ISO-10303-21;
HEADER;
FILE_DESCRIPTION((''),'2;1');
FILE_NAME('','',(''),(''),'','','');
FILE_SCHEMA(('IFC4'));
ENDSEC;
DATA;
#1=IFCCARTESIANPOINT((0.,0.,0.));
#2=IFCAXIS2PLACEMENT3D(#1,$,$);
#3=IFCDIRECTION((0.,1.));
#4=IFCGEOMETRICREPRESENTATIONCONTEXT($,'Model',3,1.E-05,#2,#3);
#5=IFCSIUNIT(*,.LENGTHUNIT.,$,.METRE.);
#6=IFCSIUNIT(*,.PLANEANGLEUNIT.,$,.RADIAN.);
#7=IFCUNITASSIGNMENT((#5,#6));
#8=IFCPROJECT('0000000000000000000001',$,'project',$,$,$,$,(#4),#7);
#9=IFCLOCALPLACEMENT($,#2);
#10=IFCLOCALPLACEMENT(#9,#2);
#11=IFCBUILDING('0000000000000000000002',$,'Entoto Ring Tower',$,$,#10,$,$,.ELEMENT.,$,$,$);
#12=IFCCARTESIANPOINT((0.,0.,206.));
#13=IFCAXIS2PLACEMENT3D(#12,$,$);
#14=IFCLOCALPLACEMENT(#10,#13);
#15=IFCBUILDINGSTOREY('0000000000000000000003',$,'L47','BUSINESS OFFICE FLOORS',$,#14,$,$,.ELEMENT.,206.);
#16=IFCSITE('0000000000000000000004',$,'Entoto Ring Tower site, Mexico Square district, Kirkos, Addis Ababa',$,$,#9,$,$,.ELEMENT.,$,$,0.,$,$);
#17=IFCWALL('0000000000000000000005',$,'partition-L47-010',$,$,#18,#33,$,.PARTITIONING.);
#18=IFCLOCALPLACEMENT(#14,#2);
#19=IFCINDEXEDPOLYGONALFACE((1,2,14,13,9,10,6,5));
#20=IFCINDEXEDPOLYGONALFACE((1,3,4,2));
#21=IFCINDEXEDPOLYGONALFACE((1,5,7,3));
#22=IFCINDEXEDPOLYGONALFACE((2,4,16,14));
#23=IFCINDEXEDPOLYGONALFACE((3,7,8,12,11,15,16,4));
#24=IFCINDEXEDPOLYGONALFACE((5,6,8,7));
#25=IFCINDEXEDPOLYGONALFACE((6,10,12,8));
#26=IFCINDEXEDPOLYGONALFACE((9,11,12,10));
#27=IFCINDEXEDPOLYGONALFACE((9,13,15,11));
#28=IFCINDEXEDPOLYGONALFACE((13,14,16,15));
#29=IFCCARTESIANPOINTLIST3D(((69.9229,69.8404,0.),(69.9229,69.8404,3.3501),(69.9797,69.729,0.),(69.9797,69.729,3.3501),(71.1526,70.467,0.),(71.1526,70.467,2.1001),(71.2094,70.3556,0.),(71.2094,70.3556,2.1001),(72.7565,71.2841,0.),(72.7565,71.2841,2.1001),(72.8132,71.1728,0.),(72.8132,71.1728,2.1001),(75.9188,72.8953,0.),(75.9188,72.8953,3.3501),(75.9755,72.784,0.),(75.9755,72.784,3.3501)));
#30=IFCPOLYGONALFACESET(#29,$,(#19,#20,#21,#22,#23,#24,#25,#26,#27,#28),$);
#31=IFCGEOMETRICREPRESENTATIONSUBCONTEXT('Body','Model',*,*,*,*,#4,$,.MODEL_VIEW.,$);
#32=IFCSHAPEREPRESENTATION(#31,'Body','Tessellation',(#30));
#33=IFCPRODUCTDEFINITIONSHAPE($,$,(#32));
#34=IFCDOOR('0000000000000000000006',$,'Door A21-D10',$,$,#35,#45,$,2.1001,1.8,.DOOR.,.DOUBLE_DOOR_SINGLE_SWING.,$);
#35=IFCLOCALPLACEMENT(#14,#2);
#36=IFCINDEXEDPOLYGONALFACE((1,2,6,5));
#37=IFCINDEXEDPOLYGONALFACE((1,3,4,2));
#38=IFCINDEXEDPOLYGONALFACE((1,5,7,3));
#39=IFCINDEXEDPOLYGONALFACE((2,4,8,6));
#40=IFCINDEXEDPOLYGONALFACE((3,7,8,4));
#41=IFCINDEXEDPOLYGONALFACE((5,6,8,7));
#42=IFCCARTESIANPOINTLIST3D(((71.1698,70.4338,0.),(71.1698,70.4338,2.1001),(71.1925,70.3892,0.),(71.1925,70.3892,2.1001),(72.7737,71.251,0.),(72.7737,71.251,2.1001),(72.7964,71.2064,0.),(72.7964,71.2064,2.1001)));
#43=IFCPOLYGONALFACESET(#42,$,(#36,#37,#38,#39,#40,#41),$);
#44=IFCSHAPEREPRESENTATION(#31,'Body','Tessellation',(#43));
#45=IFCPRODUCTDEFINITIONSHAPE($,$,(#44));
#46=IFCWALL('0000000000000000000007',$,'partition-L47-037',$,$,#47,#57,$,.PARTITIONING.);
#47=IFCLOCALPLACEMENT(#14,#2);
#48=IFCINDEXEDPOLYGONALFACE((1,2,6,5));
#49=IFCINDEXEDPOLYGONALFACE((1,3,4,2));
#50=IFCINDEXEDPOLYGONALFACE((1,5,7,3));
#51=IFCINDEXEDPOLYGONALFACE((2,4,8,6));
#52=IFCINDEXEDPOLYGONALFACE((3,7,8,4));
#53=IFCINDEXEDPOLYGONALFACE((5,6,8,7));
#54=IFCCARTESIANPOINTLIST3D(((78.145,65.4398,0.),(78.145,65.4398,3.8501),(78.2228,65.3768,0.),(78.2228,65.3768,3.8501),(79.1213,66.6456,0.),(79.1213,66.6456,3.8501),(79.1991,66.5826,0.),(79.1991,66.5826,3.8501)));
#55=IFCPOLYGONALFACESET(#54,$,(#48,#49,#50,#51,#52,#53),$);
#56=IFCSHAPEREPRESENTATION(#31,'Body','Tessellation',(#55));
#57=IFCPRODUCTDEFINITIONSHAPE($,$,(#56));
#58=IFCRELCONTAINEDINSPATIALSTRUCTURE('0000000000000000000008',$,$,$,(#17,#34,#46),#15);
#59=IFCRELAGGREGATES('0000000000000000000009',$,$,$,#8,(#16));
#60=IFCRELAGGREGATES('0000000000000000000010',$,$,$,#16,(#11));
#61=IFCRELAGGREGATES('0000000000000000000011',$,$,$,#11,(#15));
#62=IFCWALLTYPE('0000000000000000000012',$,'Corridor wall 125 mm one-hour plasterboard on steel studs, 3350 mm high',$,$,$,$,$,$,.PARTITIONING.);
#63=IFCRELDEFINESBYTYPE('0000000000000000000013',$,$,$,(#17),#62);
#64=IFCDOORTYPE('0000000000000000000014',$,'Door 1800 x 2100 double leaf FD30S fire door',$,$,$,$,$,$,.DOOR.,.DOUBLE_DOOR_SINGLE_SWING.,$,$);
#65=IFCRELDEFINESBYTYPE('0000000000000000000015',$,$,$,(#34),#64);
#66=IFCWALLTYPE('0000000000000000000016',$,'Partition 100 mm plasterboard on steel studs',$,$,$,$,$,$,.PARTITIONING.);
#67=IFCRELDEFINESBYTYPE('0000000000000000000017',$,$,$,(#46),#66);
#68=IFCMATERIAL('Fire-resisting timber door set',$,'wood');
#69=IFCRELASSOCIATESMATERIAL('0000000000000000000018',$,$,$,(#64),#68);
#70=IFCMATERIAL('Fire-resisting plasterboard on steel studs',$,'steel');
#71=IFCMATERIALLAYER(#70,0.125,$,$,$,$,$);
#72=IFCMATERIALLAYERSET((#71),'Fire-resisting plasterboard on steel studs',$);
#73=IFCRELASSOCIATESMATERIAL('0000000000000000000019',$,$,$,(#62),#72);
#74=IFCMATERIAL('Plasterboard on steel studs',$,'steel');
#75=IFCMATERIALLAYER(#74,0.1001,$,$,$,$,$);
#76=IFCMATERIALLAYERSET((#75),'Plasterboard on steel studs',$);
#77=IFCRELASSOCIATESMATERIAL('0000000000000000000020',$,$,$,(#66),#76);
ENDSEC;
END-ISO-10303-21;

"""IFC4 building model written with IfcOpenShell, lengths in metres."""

from ifc_helpers import new_model, si_unit, direction, frame, frame_2d, origin, place, context, subcontext, project, spatial, rectangle, extrude, material, layer, layer_set, type_object, element, fill, save


model = new_model("IFC4")

# Units and contexts
model_context = context("Model", 3, precision=1e-05, world=origin(), true_north=direction((0.0, 1.0)))
body_context = subcontext(model_context, "Body", "Model", "MODEL_VIEW")
ifc_project = project(units=[si_unit("LENGTHUNIT", "METRE"), si_unit("PLANEANGLEUNIT", "RADIAN")], contexts=[model_context])

# Site, building, storey
site_placement = place(None, origin())
site = spatial("IfcSite", under=ifc_project, at=site_placement, Name="Entoto Ring Tower site, Mexico Square district, Kirkos, Addis Ababa", CompositionType="ELEMENT", RefElevation=0.0)
building_placement = place(site_placement, origin())
building = spatial("IfcBuilding", under=site, at=building_placement, Name="Entoto Ring Tower", CompositionType="ELEMENT")
storey_placement = place(building_placement, frame((0.0, 0.0, 206.0)))
storey = spatial("IfcBuildingStorey", under=building, at=storey_placement, Name="L47", Description="BUSINESS OFFICE FLOORS", CompositionType="ELEMENT", Elevation=206.0)

# Shared definitions
ifc_material_1 = material(Name="Fire-resisting timber door set", Category="wood")
door_type_1 = type_object("IfcDoorType", Name="Door 1800 x 2100 double leaf FD30S fire door", OperationType="DOUBLE_DOOR_SINGLE_SWING", PredefinedType="DOOR", material=ifc_material_1)

# Wall, opening, door
ifc_material_2 = material(Name="Fire-resisting plasterboard on steel studs", Category="steel")
ifc_layer_1 = layer(ifc_material_2, 0.125)
ifc_layer_set_1 = layer_set([ifc_layer_1], Name="Fire-resisting plasterboard on steel studs")
wall_type_1 = type_object("IfcWallType", Name="Corridor wall 125 mm one-hour plasterboard on steel studs, 3350 mm high", PredefinedType="PARTITIONING", material=ifc_layer_set_1)
wall_1_placement = place(storey_placement, frame((69.9512, 69.7847, 0.0), z_axis=(0.0, 0.0, 1.0), x_axis=(0.891013, 0.453978, 0.0)))
wall_1 = element("IfcWall", 1, at=wall_1_placement, inside=storey, type_object=wall_type_1, Name="partition-L47-010", PredefinedType="PARTITIONING", context=body_context, shape_type="SweptSolid", body=[
    extrude(rectangle(XDim=6.7292, YDim=0.125, at=frame_2d((3.3647, 0.0))), origin(), (0.0, 0.0, 1.0), 3.3501),
])
opening_1_placement = place(wall_1_placement, frame((1.3804, 0.0, 0.0)))
opening_1 = element("IfcOpeningElement", 2, at=opening_1_placement, cuts=wall_1, PredefinedType="OPENING", context=body_context, shape_type="SweptSolid", body=[
    extrude(rectangle(XDim=1.8, YDim=2.1001, at=frame_2d((0.8999, 1.05))), frame((0.0, 0.0725, 0.0), z_axis=(0.0, -1.0, 0.0), x_axis=(1.0, 0.0, 0.0)), (0.0, 0.0, 1.0), 0.145),
])
door_1_placement = place(opening_1_placement, frame((1.8, 0.0, 0.0), z_axis=(0.0, 0.0, 1.0), x_axis=(-1.0, 0.0, 0.0)))
door_1 = element("IfcDoor", 3, at=door_1_placement, inside=storey, type_object=door_type_1, Name="Door A21-D10", OperationType="DOUBLE_DOOR_SINGLE_SWING", OverallHeight=2.1001, OverallWidth=1.8, PredefinedType="DOOR", context=body_context, shape_type="SweptSolid", body=[
    extrude(rectangle(XDim=1.8, YDim=2.1001, at=frame_2d((0.8999, 1.05))), frame((0.0, 0.0249, 0.0), z_axis=(0.0, -1.0, 0.0), x_axis=(1.0, 0.0, 0.0)), (0.0, 0.0, 1.0), 0.05),
])
fill(opening_1, door_1)

# Wall
ifc_material_3 = material(Name="Plasterboard on steel studs", Category="steel")
ifc_layer_2 = layer(ifc_material_3, 0.1001)
ifc_layer_set_2 = layer_set([ifc_layer_2], Name="Plasterboard on steel studs")
wall_type_2 = type_object("IfcWallType", Name="Partition 100 mm plasterboard on steel studs", PredefinedType="PARTITIONING", material=ifc_layer_set_2)
wall_2_placement = place(storey_placement, frame((78.1838, 65.4082, 0.0), z_axis=(0.0, 0.0, 1.0), x_axis=(0.629271, 0.777186, 0.0)))
element("IfcWall", 4, at=wall_2_placement, inside=storey, type_object=wall_type_2, Name="partition-L47-037", PredefinedType="PARTITIONING", context=body_context, shape_type="SweptSolid", body=[
    extrude(rectangle(XDim=1.5515, YDim=0.1001, at=frame_2d((0.7759, 0.0))), origin(), (0.0, 0.0, 1.0), 3.8501),
])

save(model, "model.ifc")
